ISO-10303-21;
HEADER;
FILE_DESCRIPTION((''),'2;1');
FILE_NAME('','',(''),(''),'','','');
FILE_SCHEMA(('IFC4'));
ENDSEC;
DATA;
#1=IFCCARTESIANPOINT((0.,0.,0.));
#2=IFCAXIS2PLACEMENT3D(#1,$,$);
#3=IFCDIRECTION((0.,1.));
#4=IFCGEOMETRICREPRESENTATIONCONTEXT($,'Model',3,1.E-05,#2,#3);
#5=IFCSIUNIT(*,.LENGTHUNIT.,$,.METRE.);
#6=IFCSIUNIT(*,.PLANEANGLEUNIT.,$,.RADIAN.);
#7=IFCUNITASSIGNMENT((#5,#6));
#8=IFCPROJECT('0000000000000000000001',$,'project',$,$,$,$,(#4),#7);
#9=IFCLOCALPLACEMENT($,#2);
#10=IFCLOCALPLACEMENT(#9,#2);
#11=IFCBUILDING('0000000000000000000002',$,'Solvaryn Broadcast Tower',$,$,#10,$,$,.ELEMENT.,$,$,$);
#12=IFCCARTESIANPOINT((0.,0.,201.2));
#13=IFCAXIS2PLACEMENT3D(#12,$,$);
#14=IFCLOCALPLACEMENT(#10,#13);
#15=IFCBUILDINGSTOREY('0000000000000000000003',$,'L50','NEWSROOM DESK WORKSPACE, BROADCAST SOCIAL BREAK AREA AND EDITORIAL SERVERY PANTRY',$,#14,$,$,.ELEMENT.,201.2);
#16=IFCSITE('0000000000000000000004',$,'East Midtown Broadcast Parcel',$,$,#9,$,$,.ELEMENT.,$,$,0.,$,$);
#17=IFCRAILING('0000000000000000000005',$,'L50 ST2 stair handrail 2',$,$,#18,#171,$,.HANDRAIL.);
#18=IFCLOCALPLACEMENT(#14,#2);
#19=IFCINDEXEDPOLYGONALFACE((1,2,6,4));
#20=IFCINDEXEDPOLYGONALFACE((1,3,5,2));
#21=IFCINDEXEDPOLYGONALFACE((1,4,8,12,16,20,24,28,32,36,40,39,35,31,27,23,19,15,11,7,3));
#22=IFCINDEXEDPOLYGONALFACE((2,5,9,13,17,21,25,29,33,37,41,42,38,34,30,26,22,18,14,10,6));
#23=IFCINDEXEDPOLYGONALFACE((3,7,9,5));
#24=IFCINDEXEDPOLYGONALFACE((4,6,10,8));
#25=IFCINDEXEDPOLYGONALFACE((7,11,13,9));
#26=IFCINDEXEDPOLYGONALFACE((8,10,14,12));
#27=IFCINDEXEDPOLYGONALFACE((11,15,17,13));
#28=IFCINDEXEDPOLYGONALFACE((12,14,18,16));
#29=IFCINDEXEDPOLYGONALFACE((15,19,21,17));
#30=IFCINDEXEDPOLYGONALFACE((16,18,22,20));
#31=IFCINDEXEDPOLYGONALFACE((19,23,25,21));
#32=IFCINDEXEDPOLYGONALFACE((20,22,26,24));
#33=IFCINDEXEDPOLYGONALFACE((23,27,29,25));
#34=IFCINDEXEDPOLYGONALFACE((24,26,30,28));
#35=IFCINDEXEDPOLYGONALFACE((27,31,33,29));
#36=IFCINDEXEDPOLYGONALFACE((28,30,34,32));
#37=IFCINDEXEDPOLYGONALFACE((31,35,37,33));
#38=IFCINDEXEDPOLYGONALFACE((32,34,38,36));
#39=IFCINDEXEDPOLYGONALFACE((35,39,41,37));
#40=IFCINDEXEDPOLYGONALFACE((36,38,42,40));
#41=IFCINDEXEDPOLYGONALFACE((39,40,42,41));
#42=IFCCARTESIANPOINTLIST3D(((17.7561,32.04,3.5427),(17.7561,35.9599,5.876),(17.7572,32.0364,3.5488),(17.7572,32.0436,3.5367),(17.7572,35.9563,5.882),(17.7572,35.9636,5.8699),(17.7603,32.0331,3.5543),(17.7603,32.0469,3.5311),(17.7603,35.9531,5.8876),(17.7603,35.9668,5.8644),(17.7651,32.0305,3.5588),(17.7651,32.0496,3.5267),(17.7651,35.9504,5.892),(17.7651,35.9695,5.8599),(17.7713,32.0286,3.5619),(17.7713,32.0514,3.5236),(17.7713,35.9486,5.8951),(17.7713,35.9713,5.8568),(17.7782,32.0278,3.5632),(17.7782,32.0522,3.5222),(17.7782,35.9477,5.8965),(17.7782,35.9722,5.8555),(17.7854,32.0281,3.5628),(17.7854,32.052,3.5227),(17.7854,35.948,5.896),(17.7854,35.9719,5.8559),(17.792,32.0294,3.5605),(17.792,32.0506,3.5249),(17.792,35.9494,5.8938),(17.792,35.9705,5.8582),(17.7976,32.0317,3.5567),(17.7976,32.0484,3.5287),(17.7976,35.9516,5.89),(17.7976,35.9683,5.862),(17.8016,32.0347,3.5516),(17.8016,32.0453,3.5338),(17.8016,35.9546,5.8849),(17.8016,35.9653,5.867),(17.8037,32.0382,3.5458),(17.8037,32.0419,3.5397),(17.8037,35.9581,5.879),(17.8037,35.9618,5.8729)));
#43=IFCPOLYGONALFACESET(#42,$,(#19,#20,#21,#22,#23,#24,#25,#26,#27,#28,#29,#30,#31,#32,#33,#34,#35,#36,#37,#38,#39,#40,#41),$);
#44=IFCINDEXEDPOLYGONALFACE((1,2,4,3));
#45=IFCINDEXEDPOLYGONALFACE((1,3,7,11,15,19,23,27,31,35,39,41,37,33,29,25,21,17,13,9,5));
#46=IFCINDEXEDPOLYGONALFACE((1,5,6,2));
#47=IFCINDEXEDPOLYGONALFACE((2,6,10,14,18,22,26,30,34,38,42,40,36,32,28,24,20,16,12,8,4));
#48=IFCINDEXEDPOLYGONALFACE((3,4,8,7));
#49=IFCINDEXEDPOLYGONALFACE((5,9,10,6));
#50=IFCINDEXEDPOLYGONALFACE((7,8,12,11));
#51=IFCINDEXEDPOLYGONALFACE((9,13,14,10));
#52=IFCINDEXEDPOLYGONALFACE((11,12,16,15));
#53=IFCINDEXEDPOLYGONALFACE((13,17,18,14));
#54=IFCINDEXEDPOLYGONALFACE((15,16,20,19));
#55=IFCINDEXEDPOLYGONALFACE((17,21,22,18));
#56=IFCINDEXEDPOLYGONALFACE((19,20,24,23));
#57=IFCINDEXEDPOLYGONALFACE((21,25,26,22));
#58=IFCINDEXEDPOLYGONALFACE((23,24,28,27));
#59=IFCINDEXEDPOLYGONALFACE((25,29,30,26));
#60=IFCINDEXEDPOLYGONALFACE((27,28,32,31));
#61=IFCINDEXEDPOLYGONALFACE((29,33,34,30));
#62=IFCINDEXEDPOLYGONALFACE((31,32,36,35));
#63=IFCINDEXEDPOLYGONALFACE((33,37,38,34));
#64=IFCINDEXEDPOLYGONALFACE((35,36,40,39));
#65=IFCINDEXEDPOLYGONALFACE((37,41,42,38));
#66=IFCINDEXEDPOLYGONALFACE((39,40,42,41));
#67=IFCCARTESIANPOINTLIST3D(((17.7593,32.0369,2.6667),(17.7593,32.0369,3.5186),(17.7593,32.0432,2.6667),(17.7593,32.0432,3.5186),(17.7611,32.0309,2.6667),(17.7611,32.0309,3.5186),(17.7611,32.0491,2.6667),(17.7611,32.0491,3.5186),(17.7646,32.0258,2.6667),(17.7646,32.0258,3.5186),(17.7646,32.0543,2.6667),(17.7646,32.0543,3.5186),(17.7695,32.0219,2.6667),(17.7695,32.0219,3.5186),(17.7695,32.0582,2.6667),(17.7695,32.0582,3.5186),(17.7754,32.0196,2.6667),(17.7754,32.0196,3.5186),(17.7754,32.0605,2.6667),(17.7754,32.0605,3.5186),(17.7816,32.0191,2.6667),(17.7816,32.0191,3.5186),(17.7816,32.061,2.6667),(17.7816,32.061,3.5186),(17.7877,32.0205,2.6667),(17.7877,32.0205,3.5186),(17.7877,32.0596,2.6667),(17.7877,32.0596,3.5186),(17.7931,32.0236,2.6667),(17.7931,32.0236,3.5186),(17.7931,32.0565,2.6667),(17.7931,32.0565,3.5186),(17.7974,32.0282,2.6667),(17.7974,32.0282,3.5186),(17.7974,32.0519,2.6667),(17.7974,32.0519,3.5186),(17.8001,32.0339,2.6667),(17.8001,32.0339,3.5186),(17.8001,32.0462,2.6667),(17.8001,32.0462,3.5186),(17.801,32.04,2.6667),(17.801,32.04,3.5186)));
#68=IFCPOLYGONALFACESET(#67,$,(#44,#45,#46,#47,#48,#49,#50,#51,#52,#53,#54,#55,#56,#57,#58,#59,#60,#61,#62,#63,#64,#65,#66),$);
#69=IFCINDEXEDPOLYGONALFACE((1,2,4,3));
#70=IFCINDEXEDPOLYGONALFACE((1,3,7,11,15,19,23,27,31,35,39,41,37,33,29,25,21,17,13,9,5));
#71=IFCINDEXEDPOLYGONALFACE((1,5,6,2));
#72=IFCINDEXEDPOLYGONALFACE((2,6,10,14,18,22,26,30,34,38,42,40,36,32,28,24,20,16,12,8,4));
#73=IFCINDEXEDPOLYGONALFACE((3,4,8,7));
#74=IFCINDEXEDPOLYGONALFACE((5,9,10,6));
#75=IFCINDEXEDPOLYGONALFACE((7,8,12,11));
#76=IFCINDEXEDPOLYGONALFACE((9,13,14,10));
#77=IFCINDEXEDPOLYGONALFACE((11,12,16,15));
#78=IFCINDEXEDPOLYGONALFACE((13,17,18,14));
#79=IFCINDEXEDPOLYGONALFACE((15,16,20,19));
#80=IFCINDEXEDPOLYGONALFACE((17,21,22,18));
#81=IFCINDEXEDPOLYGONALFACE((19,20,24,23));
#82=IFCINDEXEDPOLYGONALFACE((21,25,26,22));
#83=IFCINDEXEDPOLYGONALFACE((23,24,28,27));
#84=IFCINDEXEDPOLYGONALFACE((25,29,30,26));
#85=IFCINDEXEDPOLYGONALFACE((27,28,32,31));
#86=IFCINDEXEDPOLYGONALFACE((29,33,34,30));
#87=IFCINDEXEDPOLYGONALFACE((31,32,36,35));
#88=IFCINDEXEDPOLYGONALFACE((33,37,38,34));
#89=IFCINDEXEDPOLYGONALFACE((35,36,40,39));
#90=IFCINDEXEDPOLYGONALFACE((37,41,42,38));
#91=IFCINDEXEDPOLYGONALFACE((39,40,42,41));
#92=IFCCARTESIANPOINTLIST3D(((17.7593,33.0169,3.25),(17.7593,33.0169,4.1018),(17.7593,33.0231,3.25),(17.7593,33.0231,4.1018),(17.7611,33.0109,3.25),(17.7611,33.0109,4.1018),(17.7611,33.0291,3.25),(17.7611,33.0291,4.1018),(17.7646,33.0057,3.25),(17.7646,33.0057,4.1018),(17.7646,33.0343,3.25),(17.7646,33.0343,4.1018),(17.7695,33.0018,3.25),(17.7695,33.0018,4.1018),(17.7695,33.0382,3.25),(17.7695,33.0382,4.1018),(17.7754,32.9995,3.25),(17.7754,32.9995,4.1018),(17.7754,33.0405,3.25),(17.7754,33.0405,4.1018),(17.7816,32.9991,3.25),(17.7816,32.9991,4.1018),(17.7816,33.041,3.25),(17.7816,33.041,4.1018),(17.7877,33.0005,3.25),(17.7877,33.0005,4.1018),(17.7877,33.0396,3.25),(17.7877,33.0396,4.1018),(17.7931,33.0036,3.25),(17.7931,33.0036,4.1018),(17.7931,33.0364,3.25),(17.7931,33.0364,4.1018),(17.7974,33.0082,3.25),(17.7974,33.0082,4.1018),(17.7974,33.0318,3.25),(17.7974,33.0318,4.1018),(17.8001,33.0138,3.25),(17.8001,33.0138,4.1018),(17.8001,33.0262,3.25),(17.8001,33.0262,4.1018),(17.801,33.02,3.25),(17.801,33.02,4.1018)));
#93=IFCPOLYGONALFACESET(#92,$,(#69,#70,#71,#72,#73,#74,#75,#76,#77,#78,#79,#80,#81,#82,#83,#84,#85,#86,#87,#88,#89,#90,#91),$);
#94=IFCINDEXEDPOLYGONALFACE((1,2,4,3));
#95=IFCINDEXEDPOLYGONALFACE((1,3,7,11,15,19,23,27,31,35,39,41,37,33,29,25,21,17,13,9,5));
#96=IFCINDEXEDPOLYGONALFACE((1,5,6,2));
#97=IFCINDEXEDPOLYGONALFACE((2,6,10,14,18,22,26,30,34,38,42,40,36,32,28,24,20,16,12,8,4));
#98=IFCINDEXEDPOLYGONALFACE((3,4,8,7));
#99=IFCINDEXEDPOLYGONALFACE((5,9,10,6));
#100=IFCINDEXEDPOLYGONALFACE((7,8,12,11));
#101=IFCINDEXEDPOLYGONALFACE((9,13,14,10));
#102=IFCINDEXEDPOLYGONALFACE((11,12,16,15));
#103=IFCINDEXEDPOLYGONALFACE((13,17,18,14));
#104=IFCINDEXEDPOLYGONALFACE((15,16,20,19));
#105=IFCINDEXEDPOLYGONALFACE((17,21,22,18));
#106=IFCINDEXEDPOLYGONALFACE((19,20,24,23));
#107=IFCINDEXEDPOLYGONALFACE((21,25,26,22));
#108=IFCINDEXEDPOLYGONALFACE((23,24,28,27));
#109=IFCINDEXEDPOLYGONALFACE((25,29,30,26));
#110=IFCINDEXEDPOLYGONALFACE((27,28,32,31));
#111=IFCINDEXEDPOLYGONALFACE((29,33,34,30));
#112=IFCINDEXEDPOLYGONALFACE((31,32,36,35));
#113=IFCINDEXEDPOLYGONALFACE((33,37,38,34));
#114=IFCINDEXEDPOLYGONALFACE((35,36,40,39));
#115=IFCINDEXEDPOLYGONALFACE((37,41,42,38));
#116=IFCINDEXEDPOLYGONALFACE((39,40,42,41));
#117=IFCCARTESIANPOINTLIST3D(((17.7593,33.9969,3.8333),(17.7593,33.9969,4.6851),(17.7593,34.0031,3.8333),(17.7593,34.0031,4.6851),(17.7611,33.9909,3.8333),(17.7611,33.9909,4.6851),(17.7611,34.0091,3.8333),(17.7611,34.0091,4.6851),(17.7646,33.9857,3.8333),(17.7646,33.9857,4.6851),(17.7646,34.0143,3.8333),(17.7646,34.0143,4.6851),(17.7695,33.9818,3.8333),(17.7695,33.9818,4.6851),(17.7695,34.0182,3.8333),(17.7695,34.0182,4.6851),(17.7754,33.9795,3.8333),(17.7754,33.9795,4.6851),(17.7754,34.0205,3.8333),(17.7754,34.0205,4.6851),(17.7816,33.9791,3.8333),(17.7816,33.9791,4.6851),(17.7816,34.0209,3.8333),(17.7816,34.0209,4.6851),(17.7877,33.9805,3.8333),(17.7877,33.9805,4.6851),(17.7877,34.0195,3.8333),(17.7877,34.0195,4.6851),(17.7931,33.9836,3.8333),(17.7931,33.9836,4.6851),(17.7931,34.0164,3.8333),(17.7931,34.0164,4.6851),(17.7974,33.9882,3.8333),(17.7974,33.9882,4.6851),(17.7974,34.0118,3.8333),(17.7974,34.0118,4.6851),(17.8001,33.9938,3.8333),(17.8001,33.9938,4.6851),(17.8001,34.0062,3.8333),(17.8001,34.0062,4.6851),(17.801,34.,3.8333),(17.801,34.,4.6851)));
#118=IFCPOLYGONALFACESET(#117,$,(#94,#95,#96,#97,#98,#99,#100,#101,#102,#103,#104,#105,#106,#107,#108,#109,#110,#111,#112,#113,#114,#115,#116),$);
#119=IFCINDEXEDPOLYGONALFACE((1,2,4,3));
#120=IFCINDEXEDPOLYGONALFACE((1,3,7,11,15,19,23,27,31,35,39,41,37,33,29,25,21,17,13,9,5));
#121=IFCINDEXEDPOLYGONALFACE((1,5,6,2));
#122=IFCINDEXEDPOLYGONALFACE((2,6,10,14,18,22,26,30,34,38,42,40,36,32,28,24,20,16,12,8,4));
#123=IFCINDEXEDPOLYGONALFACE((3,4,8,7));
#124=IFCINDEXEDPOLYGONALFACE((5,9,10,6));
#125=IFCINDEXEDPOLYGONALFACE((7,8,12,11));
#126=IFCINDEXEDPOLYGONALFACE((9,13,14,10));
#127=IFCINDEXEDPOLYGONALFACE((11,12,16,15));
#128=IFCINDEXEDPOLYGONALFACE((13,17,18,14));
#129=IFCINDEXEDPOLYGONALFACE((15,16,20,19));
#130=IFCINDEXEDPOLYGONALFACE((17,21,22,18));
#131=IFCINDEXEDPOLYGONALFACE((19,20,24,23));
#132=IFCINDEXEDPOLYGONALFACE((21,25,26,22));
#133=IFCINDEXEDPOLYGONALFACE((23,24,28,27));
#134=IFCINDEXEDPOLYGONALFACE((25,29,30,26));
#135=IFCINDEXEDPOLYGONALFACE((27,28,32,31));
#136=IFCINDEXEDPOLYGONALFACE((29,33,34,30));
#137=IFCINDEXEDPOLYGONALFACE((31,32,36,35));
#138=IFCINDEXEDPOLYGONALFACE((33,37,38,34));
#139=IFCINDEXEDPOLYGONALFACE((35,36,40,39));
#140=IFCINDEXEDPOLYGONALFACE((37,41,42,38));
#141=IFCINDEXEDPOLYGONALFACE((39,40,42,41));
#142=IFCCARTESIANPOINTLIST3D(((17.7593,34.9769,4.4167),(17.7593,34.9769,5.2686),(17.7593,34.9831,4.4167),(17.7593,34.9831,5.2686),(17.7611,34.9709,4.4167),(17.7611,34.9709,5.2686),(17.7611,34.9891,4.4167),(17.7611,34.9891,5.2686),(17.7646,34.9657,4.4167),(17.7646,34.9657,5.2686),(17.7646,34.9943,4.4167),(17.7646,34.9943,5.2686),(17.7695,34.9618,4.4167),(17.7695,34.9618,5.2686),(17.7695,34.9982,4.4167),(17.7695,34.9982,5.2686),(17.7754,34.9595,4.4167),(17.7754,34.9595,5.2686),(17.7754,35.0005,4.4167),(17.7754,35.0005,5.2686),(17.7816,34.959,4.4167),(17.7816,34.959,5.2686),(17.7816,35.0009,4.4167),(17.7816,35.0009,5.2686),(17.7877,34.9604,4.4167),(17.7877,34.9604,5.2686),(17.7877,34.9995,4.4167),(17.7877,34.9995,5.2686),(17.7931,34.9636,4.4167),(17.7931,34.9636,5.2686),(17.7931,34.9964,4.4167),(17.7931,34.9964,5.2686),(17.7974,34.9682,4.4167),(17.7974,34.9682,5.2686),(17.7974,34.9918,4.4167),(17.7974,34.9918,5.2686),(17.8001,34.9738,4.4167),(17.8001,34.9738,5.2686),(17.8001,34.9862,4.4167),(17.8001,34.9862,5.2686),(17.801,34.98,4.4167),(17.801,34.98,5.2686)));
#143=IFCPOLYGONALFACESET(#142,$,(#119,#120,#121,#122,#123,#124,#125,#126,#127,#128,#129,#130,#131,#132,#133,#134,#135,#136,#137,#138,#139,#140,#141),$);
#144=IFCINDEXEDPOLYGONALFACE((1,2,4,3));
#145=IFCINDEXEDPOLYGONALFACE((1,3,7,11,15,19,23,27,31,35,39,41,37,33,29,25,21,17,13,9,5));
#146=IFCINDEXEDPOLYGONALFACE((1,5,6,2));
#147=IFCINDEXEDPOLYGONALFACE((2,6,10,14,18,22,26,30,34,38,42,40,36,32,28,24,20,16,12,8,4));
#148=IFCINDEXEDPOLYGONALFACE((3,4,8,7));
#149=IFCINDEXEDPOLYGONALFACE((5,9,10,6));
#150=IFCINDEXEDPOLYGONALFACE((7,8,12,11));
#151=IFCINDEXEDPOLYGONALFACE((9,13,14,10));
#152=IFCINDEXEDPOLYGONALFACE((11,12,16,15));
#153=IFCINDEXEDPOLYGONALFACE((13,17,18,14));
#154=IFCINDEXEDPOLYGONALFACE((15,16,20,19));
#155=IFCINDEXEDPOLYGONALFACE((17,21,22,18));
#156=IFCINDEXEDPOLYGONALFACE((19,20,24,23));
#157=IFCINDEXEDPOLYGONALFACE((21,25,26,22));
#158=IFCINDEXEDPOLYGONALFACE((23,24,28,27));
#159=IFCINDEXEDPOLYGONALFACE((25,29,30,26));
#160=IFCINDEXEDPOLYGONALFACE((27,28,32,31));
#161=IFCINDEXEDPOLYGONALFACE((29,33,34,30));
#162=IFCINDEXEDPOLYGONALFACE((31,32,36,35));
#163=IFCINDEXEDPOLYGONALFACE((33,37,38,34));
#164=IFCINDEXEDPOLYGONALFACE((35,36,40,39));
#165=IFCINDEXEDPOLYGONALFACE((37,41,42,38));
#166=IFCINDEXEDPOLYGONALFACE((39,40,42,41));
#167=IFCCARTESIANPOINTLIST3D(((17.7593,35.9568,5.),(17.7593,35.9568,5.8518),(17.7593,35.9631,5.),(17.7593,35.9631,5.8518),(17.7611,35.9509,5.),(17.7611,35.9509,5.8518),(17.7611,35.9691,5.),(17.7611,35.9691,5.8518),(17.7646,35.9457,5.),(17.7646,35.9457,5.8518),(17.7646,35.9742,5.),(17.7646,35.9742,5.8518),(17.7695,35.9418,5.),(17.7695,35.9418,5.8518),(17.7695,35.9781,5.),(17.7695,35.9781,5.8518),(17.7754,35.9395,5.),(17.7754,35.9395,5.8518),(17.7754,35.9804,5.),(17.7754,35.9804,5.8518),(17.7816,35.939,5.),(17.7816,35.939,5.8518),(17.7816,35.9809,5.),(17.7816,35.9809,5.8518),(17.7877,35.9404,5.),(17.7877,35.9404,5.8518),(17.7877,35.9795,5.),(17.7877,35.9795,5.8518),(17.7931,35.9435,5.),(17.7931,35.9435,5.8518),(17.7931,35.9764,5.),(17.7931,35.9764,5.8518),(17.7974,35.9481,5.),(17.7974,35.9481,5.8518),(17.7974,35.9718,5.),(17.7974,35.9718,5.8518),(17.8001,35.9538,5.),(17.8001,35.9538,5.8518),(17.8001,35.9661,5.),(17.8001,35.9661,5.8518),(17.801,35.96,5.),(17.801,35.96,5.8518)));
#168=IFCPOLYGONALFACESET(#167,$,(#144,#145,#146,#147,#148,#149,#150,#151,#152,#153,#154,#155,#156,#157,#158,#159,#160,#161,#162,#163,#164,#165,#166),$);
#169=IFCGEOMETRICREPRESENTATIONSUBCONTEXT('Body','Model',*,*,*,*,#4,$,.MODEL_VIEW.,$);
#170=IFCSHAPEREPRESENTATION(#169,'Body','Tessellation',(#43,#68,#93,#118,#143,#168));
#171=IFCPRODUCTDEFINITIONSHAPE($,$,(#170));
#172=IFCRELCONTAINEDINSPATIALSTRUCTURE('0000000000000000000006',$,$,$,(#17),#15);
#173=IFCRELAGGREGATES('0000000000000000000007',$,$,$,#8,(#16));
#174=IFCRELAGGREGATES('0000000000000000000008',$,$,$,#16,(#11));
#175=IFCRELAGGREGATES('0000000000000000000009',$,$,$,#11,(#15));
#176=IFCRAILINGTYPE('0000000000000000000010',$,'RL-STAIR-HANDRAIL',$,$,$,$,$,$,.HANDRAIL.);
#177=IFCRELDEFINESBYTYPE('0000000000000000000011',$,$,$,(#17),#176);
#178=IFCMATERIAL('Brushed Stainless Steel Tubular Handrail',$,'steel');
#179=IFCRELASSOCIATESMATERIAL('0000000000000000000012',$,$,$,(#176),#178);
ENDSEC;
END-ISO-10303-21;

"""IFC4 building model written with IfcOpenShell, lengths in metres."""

from ifc_helpers import new_model, si_unit, direction, frame, origin, origin_2d, place, context, subcontext, project, spatial, circle, extrude, material, type_object, element, save


model = new_model("IFC4")

# Units and contexts
model_context = context("Model", 3, precision=1e-05, world=origin(), true_north=direction((0.0, 1.0)))
body_context = subcontext(model_context, "Body", "Model", "MODEL_VIEW")
ifc_project = project(units=[si_unit("LENGTHUNIT", "METRE"), si_unit("PLANEANGLEUNIT", "RADIAN")], contexts=[model_context])

# Site, building, storey
site_placement = place(None, origin())
site = spatial("IfcSite", under=ifc_project, at=site_placement, Name="East Midtown Broadcast Parcel", CompositionType="ELEMENT", RefElevation=0.0)
building_placement = place(site_placement, origin())
building = spatial("IfcBuilding", under=site, at=building_placement, Name="Solvaryn Broadcast Tower", CompositionType="ELEMENT")
storey_placement = place(building_placement, frame((0.0, 0.0, 201.2)))
storey = spatial("IfcBuildingStorey", under=building, at=storey_placement, Name="L50", Description="NEWSROOM DESK WORKSPACE, BROADCAST SOCIAL BREAK AREA AND EDITORIAL SERVERY PANTRY", CompositionType="ELEMENT", Elevation=201.2)

# Railing
ifc_material_1 = material(Name="Brushed Stainless Steel Tubular Handrail", Category="steel")
railing_type_1 = type_object("IfcRailingType", Name="RL-STAIR-HANDRAIL", PredefinedType="HANDRAIL", material=ifc_material_1)
railing_1_placement = place(storey_placement, frame((17.78, 32.04, 2.6667)))
element("IfcRailing", 1, at=railing_1_placement, inside=storey, type_object=railing_type_1, Name="L50 ST2 stair handrail 2", PredefinedType="HANDRAIL", context=body_context, shape_type="SweptSolid", body=[
    extrude(circle(Radius=0.0239, at=origin_2d()), frame((0.0, 0.0, 0.876), z_axis=(0.0, 0.859296, 0.511478), x_axis=(-1.0, 0.0, 0.0)), (0.0, 0.0, 1.0), 4.5618),
    extrude(circle(Radius=0.021, at=origin_2d()), origin(), (0.0, 0.0, 1.0), 0.8518),
    extrude(circle(Radius=0.021, at=origin_2d()), frame((0.0, 0.98, 0.5833)), (0.0, 0.0, 1.0), 0.8518),
    extrude(circle(Radius=0.021, at=origin_2d()), frame((0.0, 1.96, 1.1665)), (0.0, 0.0, 1.0), 0.8518),
    extrude(circle(Radius=0.021, at=origin_2d()), frame((0.0, 2.9399, 1.75)), (0.0, 0.0, 1.0), 0.8518),
    extrude(circle(Radius=0.021, at=origin_2d()), frame((0.0, 3.9199, 2.3333)), (0.0, 0.0, 1.0), 0.8518),
])

save(model, "model.ifc")
